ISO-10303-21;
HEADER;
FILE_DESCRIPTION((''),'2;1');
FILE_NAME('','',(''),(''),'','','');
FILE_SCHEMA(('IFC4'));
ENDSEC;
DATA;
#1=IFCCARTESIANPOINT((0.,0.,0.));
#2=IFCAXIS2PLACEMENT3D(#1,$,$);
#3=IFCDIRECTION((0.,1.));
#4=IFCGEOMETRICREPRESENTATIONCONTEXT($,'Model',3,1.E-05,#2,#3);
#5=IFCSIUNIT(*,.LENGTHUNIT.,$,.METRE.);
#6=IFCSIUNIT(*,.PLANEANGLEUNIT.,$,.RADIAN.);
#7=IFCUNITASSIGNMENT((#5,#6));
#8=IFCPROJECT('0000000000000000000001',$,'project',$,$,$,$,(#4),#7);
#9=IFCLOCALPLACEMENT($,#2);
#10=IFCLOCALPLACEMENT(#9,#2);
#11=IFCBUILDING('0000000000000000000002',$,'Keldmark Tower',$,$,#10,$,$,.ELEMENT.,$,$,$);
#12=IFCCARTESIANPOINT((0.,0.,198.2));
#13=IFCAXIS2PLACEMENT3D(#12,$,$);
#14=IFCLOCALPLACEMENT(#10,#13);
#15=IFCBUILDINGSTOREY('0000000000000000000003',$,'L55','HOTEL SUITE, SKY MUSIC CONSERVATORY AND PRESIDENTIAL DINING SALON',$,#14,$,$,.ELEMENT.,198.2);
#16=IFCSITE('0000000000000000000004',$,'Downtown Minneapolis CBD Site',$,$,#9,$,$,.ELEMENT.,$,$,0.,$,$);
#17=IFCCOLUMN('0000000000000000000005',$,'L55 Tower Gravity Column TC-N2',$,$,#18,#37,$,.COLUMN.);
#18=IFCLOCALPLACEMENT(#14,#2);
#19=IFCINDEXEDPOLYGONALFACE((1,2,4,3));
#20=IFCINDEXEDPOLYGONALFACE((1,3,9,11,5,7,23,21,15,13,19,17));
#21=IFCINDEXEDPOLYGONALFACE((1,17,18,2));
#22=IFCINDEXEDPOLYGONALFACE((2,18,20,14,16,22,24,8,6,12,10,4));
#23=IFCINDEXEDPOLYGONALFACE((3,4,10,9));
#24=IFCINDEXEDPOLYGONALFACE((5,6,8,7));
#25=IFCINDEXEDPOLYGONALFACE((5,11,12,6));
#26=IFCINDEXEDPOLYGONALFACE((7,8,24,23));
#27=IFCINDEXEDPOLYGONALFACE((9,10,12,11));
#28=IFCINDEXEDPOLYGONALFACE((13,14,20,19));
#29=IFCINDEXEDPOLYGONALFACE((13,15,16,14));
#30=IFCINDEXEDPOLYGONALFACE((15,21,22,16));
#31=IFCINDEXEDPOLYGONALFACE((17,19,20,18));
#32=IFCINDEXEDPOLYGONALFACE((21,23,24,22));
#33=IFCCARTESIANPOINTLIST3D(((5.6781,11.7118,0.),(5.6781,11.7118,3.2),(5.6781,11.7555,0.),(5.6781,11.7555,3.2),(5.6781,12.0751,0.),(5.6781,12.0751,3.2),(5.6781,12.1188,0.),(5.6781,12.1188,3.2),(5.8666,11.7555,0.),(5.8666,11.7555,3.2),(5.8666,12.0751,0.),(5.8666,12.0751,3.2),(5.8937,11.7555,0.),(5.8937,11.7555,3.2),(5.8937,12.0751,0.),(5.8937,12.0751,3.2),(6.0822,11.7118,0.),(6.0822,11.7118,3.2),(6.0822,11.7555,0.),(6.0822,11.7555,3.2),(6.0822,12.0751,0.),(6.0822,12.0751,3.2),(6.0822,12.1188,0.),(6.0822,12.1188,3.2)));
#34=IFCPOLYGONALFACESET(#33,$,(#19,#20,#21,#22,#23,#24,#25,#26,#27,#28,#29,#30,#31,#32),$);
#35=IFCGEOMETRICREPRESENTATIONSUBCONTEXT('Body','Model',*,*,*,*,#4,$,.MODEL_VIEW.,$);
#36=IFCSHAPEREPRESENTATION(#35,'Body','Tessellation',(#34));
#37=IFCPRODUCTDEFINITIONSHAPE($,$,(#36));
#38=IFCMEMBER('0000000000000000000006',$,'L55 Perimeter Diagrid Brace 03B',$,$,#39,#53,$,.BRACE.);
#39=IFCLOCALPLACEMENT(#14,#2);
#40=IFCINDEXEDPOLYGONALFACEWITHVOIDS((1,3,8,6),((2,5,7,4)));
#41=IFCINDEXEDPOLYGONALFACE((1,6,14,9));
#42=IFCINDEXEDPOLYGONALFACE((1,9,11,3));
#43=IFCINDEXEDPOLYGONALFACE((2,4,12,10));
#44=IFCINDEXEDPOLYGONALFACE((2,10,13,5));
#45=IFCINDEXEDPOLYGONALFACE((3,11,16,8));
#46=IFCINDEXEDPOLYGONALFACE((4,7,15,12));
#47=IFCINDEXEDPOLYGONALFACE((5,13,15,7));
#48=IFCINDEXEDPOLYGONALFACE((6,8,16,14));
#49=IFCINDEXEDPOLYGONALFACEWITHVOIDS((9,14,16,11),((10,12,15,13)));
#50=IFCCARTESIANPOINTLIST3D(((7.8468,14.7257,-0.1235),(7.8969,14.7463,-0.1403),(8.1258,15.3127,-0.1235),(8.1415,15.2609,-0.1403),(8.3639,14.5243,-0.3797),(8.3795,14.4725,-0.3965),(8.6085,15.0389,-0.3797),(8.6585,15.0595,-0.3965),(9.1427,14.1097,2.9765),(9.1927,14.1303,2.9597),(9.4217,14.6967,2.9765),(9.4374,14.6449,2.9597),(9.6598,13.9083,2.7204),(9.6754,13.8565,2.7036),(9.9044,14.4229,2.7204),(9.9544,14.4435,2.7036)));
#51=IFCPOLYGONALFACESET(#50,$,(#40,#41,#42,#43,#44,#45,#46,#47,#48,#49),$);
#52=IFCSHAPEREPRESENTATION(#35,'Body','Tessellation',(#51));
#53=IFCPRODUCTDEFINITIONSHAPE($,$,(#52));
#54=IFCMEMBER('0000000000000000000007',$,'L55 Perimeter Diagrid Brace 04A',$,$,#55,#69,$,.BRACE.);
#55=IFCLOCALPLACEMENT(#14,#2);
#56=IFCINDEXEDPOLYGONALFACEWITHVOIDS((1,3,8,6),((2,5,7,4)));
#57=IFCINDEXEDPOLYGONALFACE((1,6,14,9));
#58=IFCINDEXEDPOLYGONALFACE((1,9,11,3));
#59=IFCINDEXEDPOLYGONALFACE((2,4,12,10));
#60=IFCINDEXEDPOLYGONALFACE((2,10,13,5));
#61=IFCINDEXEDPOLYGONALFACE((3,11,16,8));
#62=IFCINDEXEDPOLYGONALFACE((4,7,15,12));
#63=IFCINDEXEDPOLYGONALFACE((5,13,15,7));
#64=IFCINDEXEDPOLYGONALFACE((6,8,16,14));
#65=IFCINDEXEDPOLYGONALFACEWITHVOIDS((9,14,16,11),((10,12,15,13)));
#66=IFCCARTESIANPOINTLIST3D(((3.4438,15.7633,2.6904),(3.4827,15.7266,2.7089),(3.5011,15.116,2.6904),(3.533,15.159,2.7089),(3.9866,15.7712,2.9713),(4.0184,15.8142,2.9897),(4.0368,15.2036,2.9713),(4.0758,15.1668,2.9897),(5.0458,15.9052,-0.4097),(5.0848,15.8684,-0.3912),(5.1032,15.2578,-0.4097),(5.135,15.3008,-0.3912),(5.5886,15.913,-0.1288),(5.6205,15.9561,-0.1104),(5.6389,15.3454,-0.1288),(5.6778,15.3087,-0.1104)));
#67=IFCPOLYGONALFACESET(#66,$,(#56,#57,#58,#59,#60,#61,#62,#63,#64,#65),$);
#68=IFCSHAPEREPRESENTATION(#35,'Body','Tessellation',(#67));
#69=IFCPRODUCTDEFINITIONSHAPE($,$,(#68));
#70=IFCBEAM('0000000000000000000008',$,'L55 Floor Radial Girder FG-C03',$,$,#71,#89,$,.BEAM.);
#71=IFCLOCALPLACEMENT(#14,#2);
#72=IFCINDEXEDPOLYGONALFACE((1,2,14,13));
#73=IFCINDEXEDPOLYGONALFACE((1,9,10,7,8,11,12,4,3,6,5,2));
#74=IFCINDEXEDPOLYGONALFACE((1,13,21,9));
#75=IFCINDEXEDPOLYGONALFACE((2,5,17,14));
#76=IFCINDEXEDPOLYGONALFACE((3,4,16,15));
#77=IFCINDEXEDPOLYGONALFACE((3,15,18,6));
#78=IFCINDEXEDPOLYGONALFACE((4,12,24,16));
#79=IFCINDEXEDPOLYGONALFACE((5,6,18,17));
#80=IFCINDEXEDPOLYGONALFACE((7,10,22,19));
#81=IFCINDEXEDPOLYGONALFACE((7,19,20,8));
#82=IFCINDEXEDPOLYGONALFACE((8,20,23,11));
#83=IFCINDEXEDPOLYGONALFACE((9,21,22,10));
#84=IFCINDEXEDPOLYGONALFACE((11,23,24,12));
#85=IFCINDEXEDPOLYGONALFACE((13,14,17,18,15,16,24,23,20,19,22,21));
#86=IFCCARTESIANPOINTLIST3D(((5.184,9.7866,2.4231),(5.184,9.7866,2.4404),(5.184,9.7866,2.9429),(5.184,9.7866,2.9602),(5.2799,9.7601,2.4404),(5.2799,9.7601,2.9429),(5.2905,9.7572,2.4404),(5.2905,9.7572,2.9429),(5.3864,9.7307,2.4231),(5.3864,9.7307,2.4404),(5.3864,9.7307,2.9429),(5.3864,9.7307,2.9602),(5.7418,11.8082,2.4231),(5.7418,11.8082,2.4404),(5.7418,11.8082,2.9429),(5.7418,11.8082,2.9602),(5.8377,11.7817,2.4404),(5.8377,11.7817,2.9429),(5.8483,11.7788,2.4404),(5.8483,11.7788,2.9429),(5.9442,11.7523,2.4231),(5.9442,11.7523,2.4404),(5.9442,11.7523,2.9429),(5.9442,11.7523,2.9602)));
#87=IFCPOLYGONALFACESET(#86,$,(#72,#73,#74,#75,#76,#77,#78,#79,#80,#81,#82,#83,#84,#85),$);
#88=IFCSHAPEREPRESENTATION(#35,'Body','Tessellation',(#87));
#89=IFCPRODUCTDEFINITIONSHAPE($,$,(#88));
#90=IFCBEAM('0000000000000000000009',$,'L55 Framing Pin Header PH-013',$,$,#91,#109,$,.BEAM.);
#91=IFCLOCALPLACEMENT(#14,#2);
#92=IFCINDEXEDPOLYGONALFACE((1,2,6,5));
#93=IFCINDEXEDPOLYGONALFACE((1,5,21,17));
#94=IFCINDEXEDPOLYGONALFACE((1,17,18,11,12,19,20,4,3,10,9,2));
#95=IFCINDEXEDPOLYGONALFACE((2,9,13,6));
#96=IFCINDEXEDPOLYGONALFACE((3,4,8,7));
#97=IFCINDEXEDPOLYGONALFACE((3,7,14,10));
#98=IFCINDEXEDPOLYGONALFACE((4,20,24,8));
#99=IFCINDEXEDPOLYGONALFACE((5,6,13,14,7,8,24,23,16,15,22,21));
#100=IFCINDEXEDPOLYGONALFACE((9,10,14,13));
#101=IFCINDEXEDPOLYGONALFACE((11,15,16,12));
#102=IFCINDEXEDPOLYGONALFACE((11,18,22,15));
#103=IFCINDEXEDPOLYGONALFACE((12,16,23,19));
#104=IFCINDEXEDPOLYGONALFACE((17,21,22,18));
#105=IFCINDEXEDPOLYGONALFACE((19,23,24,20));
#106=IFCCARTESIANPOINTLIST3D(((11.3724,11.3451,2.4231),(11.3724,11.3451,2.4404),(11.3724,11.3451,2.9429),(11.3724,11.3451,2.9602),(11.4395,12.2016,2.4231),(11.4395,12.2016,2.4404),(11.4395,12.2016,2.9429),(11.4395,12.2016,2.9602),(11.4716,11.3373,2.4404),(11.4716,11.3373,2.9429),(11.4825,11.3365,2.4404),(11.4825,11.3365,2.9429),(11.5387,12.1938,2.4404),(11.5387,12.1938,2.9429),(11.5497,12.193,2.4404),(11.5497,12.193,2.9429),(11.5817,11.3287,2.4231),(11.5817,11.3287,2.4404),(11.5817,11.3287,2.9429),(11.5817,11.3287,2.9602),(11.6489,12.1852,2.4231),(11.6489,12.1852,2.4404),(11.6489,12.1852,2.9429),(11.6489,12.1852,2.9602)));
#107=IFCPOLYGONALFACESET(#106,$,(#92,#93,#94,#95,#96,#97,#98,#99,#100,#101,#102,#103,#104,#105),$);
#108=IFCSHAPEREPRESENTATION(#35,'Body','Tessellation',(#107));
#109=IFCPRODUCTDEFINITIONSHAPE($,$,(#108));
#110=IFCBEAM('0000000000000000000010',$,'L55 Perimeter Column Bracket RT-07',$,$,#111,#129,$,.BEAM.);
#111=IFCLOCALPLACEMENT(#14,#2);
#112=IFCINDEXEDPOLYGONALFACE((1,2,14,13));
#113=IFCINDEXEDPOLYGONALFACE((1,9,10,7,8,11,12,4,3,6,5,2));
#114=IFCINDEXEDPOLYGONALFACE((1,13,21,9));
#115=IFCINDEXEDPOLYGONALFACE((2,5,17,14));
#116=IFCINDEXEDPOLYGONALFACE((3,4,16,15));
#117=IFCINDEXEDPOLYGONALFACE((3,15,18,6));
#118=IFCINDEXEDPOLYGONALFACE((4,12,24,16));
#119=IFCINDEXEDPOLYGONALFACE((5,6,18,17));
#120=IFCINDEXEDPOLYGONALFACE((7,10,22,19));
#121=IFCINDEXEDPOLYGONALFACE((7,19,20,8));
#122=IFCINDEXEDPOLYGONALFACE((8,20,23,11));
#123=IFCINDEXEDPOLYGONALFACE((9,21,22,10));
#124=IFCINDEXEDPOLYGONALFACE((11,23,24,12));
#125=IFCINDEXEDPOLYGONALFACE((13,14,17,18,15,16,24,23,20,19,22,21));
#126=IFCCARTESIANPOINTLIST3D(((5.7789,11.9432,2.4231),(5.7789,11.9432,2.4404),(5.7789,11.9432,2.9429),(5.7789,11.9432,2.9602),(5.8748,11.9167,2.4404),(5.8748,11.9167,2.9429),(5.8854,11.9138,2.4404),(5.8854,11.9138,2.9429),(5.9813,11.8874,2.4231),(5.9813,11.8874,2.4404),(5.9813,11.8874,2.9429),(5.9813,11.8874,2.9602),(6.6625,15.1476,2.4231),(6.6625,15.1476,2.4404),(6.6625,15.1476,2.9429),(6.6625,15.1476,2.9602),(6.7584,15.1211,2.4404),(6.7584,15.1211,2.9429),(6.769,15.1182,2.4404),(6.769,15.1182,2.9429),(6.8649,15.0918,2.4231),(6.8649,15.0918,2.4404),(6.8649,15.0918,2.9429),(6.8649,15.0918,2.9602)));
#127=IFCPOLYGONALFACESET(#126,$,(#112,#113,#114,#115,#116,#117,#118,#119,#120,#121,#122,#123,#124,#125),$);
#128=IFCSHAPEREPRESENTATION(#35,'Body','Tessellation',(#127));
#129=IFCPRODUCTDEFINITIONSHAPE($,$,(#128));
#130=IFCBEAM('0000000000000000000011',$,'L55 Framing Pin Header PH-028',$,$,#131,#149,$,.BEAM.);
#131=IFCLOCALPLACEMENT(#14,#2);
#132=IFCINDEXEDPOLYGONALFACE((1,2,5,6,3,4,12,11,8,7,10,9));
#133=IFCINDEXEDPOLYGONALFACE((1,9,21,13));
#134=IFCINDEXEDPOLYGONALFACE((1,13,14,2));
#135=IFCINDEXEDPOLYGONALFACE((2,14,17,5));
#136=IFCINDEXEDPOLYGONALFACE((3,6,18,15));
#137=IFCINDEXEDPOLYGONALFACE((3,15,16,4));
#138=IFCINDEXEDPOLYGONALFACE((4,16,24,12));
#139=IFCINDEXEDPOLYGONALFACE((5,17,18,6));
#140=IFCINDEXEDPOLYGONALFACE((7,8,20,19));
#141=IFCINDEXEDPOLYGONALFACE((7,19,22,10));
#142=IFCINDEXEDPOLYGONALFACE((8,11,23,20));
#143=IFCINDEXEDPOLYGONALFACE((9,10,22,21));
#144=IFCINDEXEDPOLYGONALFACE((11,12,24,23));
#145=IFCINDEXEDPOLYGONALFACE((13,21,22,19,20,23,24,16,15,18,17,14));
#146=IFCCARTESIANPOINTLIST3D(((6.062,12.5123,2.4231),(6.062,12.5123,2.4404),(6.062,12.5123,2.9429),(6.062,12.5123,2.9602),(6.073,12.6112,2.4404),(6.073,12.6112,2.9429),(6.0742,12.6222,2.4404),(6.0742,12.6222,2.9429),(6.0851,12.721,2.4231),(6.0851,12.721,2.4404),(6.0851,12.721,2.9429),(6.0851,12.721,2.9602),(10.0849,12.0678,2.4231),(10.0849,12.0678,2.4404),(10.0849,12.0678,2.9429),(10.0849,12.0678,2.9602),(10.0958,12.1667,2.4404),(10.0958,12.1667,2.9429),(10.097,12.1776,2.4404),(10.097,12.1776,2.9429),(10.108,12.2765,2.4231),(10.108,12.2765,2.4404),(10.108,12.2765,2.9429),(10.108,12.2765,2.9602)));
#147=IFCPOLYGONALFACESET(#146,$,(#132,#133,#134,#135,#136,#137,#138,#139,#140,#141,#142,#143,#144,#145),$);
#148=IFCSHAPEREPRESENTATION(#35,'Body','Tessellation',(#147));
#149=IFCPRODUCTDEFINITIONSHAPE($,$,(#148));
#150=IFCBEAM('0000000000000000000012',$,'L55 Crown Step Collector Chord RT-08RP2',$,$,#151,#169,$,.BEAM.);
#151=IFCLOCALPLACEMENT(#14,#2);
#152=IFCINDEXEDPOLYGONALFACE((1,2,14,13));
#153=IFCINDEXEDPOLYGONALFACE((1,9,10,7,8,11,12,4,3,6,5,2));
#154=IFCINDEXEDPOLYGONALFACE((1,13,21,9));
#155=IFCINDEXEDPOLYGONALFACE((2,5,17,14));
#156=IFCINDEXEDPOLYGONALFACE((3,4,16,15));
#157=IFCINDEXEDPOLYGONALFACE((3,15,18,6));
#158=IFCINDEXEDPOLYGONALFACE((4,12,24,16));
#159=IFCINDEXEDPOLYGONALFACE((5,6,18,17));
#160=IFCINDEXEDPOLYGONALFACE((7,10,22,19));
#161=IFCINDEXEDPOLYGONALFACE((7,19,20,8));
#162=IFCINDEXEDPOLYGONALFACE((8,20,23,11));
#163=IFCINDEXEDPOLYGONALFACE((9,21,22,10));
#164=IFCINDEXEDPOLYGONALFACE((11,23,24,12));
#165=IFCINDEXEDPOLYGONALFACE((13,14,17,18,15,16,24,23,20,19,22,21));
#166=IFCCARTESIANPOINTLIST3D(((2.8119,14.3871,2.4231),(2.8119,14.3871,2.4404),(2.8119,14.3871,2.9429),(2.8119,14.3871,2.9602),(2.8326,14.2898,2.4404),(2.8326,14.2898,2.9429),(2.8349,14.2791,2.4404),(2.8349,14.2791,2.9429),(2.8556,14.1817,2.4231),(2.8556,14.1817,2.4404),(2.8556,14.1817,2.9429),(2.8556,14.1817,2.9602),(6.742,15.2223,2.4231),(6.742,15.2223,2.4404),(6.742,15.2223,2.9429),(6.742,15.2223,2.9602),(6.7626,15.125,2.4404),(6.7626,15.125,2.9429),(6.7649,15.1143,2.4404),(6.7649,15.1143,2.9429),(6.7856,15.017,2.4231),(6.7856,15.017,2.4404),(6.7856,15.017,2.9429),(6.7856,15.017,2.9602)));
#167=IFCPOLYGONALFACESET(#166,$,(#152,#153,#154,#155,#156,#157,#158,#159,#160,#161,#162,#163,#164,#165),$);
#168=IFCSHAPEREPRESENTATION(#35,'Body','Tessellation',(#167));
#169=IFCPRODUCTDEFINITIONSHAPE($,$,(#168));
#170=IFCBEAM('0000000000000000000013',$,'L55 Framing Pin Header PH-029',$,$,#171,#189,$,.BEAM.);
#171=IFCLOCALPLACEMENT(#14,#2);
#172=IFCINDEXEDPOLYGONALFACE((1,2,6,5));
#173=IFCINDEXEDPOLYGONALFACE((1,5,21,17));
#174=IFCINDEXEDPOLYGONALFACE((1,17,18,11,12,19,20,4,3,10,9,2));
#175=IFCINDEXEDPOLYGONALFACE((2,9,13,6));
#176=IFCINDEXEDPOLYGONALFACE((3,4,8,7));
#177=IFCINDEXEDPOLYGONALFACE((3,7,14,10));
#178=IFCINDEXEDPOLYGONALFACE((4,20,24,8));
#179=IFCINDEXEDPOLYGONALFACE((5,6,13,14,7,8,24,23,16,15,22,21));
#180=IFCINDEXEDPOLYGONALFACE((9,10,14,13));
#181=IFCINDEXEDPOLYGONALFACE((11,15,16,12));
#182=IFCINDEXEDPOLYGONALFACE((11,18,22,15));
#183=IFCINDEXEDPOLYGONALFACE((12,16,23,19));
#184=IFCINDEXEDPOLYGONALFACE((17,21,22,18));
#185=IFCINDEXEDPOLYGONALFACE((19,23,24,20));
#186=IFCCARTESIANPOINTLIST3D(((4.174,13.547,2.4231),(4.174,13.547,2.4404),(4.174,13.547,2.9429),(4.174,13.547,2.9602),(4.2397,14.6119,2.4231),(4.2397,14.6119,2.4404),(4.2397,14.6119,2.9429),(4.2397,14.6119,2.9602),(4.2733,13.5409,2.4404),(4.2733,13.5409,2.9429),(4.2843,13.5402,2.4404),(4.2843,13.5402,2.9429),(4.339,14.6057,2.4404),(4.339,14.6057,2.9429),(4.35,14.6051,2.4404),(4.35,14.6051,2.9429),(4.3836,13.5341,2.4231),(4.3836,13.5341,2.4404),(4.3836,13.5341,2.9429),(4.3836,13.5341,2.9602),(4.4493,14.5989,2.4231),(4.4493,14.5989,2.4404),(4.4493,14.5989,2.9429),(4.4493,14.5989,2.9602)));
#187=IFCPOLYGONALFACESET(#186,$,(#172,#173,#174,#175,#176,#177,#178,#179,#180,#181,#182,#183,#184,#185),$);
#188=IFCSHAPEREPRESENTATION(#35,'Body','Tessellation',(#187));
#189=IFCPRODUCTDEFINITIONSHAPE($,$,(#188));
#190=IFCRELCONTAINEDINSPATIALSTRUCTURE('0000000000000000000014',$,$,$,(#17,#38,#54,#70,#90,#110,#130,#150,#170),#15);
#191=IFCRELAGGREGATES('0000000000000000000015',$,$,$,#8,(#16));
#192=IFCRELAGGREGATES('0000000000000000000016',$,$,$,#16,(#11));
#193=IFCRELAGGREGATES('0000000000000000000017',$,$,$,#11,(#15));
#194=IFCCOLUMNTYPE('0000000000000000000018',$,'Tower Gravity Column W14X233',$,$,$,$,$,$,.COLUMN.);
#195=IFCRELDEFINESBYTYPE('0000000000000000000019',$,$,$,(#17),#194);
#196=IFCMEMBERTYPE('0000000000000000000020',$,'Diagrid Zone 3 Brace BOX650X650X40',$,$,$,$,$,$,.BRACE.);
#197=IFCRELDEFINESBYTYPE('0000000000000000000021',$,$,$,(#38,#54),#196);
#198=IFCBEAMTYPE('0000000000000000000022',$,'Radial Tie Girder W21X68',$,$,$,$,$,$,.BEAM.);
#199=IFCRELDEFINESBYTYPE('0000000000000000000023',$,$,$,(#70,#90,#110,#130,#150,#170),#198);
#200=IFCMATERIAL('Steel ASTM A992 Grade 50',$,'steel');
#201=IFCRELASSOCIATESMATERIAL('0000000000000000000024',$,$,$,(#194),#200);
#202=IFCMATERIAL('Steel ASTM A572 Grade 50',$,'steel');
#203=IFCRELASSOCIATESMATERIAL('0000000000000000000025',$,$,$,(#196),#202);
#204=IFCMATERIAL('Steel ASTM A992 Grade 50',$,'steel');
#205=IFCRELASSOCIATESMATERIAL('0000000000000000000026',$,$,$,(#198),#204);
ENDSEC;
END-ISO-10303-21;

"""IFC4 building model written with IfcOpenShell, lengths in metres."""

from ifc_helpers import new_model, si_unit, direction, frame, origin, origin_2d, place, context, subcontext, project, spatial, hollow_rectangle, i_section, extrude, material, material_profile, profile_set, type_object, element, save


model = new_model("IFC4")

# Units and contexts
model_context = context("Model", 3, precision=1e-05, world=origin(), true_north=direction((0.0, 1.0)))
body_context = subcontext(model_context, "Body", "Model", "MODEL_VIEW")
ifc_project = project(units=[si_unit("LENGTHUNIT", "METRE"), si_unit("PLANEANGLEUNIT", "RADIAN")], contexts=[model_context])

# Site, building, storey
site_placement = place(None, origin())
site = spatial("IfcSite", under=ifc_project, at=site_placement, Name="Downtown Minneapolis CBD Site", CompositionType="ELEMENT", RefElevation=0.0)
building_placement = place(site_placement, origin())
building = spatial("IfcBuilding", under=site, at=building_placement, Name="Keldmark Tower", CompositionType="ELEMENT")
storey_placement = place(building_placement, frame((0.0, 0.0, 198.2)))
storey = spatial("IfcBuildingStorey", under=building, at=storey_placement, Name="L55", Description="HOTEL SUITE, SKY MUSIC CONSERVATORY AND PRESIDENTIAL DINING SALON", CompositionType="ELEMENT", Elevation=198.2)

# Column
ifc_material_1 = material(Name="Steel ASTM A992 Grade 50", Category="steel")
ifc_material_profile_1 = material_profile(ifc_material_1, i_section(OverallWidth=0.4041, OverallDepth=0.407, WebThickness=0.0271, FlangeThickness=0.0437, at=origin_2d()), Name="W14X233")
ifc_profile_set_1 = profile_set([ifc_material_profile_1], Name="Steel ASTM A992 Grade 50")
column_type = type_object("IfcColumnType", Name="Tower Gravity Column W14X233", PredefinedType="COLUMN", material=ifc_profile_set_1)
column_placement = place(storey_placement, frame((5.8801, 11.9153, 0.0), z_axis=(0.0, 0.0, 1.0), x_axis=(1.0, 0.0, 0.0)))
element("IfcColumn", 1, at=column_placement, inside=storey, type_object=column_type, Name="L55 Tower Gravity Column TC-N2", PredefinedType="COLUMN", context=body_context, shape_type="SweptSolid", body=[
    extrude(i_section(OverallWidth=0.4041, OverallDepth=0.407, WebThickness=0.0271, FlangeThickness=0.0437, at=origin_2d()), origin(), (0.0, 0.0, 1.0), 3.2),
])

# Members
ifc_material_2 = material(Name="Steel ASTM A572 Grade 50", Category="steel")
ifc_material_profile_2 = material_profile(ifc_material_2, hollow_rectangle(XDim=0.6499, YDim=0.6499, WallThickness=0.04, at=origin_2d()), Name="BOX650X650X40")
ifc_profile_set_2 = profile_set([ifc_material_profile_2], Name="Steel ASTM A572 Grade 50")
member_type = type_object("IfcMemberType", Name="Diagrid Zone 3 Brace BOX650X650X40", PredefinedType="BRACE", material=ifc_profile_set_2)
member_1_placement = place(storey_placement, frame((8.2527, 14.8926, -0.26), z_axis=(0.379356, -0.180316, 0.90751), x_axis=(0.429293, 0.903165, 0.0)))
element("IfcMember", 2, at=member_1_placement, inside=storey, type_object=member_type, Name="L55 Perimeter Diagrid Brace 03B", PredefinedType="BRACE", context=body_context, shape_type="SweptSolid", body=[
    extrude(hollow_rectangle(XDim=0.6499, YDim=0.6499, WallThickness=0.04, at=origin_2d()), origin(), (0.0, 0.0, 1.0), 3.416),
])
member_2_placement = place(storey_placement, frame((5.3618, 15.6069, -0.26), z_axis=(-0.458717, -0.040615, 0.887654), x_axis=(0.088195, -0.996103, 0.0)))
element("IfcMember", 3, at=member_2_placement, inside=storey, type_object=member_type, Name="L55 Perimeter Diagrid Brace 04A", PredefinedType="BRACE", context=body_context, shape_type="SweptSolid", body=[
    extrude(hollow_rectangle(XDim=0.6499, YDim=0.6499, WallThickness=0.04, at=origin_2d()), origin(), (0.0, 0.0, 1.0), 3.4924),
])

# Beams
ifc_material_3 = material(Name="Steel ASTM A992 Grade 50", Category="steel")
ifc_material_profile_3 = material_profile(ifc_material_3, i_section(OverallWidth=0.21, OverallDepth=0.5371, WebThickness=0.011, FlangeThickness=0.0173, at=origin_2d()), Name="W21X68")
ifc_profile_set_3 = profile_set([ifc_material_profile_3], Name="Steel ASTM A992 Grade 50")
beam_type_1 = type_object("IfcBeamType", Name="Radial Tie Girder W21X68", PredefinedType="BEAM", material=ifc_profile_set_3)
beam_1_placement = place(storey_placement, frame((5.843, 11.7803, 2.6917), z_axis=(-0.265992, -0.963975, 0.0), x_axis=(0.963975, -0.265992, 0.0)))
element("IfcBeam", 4, at=beam_1_placement, inside=storey, type_object=beam_type_1, Name="L55 Floor Radial Girder FG-C03", PredefinedType="BEAM", context=body_context, shape_type="SweptSolid", body=[
    extrude(i_section(OverallWidth=0.21, OverallDepth=0.5371, WebThickness=0.011, FlangeThickness=0.0173, at=origin_2d()), origin(), (0.0, 0.0, 1.0), 2.0972),
])
beam_2_placement = place(storey_placement, frame((11.4771, 11.3369, 2.6917), z_axis=(0.078152, 0.996941, 0.0), x_axis=(-0.996941, 0.078152, 0.0)))
element("IfcBeam", 5, at=beam_2_placement, inside=storey, type_object=beam_type_1, Name="L55 Framing Pin Header PH-013", PredefinedType="BEAM", context=body_context, shape_type="SweptSolid", body=[
    extrude(i_section(OverallWidth=0.21, OverallDepth=0.5371, WebThickness=0.011, FlangeThickness=0.0173, at=origin_2d()), origin(), (0.0, 0.0, 1.0), 0.8591),
])
beam_3_placement = place(storey_placement, frame((5.8801, 11.9153, 2.6917), z_axis=(0.265814, 0.964024, 0.0), x_axis=(-0.964024, 0.265814, 0.0)))
element("IfcBeam", 6, at=beam_3_placement, inside=storey, type_object=beam_type_1, Name="L55 Perimeter Column Bracket RT-07", PredefinedType="BEAM", context=body_context, shape_type="SweptSolid", body=[
    extrude(i_section(OverallWidth=0.21, OverallDepth=0.5371, WebThickness=0.011, FlangeThickness=0.0173, at=origin_2d()), origin(), (0.0, 0.0, 1.0), 3.324),
])
beam_4_placement = place(storey_placement, frame((10.0964, 12.1721, 2.6917), z_axis=(-0.993949, 0.109842, 0.0), x_axis=(-0.109842, -0.993949, 0.0)))
element("IfcBeam", 7, at=beam_4_placement, inside=storey, type_object=beam_type_1, Name="L55 Framing Pin Header PH-028", PredefinedType="BEAM", context=body_context, shape_type="SweptSolid", body=[
    extrude(i_section(OverallWidth=0.21, OverallDepth=0.5371, WebThickness=0.011, FlangeThickness=0.0173, at=origin_2d()), origin(), (0.0, 0.0, 1.0), 4.0474),
])
beam_5_placement = place(storey_placement, frame((2.8337, 14.2844, 2.6917), z_axis=(0.978154, 0.207881, 0.0), x_axis=(-0.207881, 0.978154, 0.0)))
element("IfcBeam", 8, at=beam_5_placement, inside=storey, type_object=beam_type_1, Name="L55 Crown Step Collector Chord RT-08RP2", PredefinedType="BEAM", context=body_context, shape_type="SweptSolid", body=[
    extrude(i_section(OverallWidth=0.21, OverallDepth=0.5371, WebThickness=0.011, FlangeThickness=0.0173, at=origin_2d()), origin(), (0.0, 0.0, 1.0), 4.0178),
])
beam_6_placement = place(storey_placement, frame((4.2788, 13.5405, 2.6917), z_axis=(0.061552, 0.998104, 0.0), x_axis=(-0.998104, 0.061552, 0.0)))
element("IfcBeam", 9, at=beam_6_placement, inside=storey, type_object=beam_type_1, Name="L55 Framing Pin Header PH-029", PredefinedType="BEAM", context=body_context, shape_type="SweptSolid", body=[
    extrude(i_section(OverallWidth=0.21, OverallDepth=0.5371, WebThickness=0.011, FlangeThickness=0.0173, at=origin_2d()), origin(), (0.0, 0.0, 1.0), 1.0669),
])

save(model, "model.ifc")
